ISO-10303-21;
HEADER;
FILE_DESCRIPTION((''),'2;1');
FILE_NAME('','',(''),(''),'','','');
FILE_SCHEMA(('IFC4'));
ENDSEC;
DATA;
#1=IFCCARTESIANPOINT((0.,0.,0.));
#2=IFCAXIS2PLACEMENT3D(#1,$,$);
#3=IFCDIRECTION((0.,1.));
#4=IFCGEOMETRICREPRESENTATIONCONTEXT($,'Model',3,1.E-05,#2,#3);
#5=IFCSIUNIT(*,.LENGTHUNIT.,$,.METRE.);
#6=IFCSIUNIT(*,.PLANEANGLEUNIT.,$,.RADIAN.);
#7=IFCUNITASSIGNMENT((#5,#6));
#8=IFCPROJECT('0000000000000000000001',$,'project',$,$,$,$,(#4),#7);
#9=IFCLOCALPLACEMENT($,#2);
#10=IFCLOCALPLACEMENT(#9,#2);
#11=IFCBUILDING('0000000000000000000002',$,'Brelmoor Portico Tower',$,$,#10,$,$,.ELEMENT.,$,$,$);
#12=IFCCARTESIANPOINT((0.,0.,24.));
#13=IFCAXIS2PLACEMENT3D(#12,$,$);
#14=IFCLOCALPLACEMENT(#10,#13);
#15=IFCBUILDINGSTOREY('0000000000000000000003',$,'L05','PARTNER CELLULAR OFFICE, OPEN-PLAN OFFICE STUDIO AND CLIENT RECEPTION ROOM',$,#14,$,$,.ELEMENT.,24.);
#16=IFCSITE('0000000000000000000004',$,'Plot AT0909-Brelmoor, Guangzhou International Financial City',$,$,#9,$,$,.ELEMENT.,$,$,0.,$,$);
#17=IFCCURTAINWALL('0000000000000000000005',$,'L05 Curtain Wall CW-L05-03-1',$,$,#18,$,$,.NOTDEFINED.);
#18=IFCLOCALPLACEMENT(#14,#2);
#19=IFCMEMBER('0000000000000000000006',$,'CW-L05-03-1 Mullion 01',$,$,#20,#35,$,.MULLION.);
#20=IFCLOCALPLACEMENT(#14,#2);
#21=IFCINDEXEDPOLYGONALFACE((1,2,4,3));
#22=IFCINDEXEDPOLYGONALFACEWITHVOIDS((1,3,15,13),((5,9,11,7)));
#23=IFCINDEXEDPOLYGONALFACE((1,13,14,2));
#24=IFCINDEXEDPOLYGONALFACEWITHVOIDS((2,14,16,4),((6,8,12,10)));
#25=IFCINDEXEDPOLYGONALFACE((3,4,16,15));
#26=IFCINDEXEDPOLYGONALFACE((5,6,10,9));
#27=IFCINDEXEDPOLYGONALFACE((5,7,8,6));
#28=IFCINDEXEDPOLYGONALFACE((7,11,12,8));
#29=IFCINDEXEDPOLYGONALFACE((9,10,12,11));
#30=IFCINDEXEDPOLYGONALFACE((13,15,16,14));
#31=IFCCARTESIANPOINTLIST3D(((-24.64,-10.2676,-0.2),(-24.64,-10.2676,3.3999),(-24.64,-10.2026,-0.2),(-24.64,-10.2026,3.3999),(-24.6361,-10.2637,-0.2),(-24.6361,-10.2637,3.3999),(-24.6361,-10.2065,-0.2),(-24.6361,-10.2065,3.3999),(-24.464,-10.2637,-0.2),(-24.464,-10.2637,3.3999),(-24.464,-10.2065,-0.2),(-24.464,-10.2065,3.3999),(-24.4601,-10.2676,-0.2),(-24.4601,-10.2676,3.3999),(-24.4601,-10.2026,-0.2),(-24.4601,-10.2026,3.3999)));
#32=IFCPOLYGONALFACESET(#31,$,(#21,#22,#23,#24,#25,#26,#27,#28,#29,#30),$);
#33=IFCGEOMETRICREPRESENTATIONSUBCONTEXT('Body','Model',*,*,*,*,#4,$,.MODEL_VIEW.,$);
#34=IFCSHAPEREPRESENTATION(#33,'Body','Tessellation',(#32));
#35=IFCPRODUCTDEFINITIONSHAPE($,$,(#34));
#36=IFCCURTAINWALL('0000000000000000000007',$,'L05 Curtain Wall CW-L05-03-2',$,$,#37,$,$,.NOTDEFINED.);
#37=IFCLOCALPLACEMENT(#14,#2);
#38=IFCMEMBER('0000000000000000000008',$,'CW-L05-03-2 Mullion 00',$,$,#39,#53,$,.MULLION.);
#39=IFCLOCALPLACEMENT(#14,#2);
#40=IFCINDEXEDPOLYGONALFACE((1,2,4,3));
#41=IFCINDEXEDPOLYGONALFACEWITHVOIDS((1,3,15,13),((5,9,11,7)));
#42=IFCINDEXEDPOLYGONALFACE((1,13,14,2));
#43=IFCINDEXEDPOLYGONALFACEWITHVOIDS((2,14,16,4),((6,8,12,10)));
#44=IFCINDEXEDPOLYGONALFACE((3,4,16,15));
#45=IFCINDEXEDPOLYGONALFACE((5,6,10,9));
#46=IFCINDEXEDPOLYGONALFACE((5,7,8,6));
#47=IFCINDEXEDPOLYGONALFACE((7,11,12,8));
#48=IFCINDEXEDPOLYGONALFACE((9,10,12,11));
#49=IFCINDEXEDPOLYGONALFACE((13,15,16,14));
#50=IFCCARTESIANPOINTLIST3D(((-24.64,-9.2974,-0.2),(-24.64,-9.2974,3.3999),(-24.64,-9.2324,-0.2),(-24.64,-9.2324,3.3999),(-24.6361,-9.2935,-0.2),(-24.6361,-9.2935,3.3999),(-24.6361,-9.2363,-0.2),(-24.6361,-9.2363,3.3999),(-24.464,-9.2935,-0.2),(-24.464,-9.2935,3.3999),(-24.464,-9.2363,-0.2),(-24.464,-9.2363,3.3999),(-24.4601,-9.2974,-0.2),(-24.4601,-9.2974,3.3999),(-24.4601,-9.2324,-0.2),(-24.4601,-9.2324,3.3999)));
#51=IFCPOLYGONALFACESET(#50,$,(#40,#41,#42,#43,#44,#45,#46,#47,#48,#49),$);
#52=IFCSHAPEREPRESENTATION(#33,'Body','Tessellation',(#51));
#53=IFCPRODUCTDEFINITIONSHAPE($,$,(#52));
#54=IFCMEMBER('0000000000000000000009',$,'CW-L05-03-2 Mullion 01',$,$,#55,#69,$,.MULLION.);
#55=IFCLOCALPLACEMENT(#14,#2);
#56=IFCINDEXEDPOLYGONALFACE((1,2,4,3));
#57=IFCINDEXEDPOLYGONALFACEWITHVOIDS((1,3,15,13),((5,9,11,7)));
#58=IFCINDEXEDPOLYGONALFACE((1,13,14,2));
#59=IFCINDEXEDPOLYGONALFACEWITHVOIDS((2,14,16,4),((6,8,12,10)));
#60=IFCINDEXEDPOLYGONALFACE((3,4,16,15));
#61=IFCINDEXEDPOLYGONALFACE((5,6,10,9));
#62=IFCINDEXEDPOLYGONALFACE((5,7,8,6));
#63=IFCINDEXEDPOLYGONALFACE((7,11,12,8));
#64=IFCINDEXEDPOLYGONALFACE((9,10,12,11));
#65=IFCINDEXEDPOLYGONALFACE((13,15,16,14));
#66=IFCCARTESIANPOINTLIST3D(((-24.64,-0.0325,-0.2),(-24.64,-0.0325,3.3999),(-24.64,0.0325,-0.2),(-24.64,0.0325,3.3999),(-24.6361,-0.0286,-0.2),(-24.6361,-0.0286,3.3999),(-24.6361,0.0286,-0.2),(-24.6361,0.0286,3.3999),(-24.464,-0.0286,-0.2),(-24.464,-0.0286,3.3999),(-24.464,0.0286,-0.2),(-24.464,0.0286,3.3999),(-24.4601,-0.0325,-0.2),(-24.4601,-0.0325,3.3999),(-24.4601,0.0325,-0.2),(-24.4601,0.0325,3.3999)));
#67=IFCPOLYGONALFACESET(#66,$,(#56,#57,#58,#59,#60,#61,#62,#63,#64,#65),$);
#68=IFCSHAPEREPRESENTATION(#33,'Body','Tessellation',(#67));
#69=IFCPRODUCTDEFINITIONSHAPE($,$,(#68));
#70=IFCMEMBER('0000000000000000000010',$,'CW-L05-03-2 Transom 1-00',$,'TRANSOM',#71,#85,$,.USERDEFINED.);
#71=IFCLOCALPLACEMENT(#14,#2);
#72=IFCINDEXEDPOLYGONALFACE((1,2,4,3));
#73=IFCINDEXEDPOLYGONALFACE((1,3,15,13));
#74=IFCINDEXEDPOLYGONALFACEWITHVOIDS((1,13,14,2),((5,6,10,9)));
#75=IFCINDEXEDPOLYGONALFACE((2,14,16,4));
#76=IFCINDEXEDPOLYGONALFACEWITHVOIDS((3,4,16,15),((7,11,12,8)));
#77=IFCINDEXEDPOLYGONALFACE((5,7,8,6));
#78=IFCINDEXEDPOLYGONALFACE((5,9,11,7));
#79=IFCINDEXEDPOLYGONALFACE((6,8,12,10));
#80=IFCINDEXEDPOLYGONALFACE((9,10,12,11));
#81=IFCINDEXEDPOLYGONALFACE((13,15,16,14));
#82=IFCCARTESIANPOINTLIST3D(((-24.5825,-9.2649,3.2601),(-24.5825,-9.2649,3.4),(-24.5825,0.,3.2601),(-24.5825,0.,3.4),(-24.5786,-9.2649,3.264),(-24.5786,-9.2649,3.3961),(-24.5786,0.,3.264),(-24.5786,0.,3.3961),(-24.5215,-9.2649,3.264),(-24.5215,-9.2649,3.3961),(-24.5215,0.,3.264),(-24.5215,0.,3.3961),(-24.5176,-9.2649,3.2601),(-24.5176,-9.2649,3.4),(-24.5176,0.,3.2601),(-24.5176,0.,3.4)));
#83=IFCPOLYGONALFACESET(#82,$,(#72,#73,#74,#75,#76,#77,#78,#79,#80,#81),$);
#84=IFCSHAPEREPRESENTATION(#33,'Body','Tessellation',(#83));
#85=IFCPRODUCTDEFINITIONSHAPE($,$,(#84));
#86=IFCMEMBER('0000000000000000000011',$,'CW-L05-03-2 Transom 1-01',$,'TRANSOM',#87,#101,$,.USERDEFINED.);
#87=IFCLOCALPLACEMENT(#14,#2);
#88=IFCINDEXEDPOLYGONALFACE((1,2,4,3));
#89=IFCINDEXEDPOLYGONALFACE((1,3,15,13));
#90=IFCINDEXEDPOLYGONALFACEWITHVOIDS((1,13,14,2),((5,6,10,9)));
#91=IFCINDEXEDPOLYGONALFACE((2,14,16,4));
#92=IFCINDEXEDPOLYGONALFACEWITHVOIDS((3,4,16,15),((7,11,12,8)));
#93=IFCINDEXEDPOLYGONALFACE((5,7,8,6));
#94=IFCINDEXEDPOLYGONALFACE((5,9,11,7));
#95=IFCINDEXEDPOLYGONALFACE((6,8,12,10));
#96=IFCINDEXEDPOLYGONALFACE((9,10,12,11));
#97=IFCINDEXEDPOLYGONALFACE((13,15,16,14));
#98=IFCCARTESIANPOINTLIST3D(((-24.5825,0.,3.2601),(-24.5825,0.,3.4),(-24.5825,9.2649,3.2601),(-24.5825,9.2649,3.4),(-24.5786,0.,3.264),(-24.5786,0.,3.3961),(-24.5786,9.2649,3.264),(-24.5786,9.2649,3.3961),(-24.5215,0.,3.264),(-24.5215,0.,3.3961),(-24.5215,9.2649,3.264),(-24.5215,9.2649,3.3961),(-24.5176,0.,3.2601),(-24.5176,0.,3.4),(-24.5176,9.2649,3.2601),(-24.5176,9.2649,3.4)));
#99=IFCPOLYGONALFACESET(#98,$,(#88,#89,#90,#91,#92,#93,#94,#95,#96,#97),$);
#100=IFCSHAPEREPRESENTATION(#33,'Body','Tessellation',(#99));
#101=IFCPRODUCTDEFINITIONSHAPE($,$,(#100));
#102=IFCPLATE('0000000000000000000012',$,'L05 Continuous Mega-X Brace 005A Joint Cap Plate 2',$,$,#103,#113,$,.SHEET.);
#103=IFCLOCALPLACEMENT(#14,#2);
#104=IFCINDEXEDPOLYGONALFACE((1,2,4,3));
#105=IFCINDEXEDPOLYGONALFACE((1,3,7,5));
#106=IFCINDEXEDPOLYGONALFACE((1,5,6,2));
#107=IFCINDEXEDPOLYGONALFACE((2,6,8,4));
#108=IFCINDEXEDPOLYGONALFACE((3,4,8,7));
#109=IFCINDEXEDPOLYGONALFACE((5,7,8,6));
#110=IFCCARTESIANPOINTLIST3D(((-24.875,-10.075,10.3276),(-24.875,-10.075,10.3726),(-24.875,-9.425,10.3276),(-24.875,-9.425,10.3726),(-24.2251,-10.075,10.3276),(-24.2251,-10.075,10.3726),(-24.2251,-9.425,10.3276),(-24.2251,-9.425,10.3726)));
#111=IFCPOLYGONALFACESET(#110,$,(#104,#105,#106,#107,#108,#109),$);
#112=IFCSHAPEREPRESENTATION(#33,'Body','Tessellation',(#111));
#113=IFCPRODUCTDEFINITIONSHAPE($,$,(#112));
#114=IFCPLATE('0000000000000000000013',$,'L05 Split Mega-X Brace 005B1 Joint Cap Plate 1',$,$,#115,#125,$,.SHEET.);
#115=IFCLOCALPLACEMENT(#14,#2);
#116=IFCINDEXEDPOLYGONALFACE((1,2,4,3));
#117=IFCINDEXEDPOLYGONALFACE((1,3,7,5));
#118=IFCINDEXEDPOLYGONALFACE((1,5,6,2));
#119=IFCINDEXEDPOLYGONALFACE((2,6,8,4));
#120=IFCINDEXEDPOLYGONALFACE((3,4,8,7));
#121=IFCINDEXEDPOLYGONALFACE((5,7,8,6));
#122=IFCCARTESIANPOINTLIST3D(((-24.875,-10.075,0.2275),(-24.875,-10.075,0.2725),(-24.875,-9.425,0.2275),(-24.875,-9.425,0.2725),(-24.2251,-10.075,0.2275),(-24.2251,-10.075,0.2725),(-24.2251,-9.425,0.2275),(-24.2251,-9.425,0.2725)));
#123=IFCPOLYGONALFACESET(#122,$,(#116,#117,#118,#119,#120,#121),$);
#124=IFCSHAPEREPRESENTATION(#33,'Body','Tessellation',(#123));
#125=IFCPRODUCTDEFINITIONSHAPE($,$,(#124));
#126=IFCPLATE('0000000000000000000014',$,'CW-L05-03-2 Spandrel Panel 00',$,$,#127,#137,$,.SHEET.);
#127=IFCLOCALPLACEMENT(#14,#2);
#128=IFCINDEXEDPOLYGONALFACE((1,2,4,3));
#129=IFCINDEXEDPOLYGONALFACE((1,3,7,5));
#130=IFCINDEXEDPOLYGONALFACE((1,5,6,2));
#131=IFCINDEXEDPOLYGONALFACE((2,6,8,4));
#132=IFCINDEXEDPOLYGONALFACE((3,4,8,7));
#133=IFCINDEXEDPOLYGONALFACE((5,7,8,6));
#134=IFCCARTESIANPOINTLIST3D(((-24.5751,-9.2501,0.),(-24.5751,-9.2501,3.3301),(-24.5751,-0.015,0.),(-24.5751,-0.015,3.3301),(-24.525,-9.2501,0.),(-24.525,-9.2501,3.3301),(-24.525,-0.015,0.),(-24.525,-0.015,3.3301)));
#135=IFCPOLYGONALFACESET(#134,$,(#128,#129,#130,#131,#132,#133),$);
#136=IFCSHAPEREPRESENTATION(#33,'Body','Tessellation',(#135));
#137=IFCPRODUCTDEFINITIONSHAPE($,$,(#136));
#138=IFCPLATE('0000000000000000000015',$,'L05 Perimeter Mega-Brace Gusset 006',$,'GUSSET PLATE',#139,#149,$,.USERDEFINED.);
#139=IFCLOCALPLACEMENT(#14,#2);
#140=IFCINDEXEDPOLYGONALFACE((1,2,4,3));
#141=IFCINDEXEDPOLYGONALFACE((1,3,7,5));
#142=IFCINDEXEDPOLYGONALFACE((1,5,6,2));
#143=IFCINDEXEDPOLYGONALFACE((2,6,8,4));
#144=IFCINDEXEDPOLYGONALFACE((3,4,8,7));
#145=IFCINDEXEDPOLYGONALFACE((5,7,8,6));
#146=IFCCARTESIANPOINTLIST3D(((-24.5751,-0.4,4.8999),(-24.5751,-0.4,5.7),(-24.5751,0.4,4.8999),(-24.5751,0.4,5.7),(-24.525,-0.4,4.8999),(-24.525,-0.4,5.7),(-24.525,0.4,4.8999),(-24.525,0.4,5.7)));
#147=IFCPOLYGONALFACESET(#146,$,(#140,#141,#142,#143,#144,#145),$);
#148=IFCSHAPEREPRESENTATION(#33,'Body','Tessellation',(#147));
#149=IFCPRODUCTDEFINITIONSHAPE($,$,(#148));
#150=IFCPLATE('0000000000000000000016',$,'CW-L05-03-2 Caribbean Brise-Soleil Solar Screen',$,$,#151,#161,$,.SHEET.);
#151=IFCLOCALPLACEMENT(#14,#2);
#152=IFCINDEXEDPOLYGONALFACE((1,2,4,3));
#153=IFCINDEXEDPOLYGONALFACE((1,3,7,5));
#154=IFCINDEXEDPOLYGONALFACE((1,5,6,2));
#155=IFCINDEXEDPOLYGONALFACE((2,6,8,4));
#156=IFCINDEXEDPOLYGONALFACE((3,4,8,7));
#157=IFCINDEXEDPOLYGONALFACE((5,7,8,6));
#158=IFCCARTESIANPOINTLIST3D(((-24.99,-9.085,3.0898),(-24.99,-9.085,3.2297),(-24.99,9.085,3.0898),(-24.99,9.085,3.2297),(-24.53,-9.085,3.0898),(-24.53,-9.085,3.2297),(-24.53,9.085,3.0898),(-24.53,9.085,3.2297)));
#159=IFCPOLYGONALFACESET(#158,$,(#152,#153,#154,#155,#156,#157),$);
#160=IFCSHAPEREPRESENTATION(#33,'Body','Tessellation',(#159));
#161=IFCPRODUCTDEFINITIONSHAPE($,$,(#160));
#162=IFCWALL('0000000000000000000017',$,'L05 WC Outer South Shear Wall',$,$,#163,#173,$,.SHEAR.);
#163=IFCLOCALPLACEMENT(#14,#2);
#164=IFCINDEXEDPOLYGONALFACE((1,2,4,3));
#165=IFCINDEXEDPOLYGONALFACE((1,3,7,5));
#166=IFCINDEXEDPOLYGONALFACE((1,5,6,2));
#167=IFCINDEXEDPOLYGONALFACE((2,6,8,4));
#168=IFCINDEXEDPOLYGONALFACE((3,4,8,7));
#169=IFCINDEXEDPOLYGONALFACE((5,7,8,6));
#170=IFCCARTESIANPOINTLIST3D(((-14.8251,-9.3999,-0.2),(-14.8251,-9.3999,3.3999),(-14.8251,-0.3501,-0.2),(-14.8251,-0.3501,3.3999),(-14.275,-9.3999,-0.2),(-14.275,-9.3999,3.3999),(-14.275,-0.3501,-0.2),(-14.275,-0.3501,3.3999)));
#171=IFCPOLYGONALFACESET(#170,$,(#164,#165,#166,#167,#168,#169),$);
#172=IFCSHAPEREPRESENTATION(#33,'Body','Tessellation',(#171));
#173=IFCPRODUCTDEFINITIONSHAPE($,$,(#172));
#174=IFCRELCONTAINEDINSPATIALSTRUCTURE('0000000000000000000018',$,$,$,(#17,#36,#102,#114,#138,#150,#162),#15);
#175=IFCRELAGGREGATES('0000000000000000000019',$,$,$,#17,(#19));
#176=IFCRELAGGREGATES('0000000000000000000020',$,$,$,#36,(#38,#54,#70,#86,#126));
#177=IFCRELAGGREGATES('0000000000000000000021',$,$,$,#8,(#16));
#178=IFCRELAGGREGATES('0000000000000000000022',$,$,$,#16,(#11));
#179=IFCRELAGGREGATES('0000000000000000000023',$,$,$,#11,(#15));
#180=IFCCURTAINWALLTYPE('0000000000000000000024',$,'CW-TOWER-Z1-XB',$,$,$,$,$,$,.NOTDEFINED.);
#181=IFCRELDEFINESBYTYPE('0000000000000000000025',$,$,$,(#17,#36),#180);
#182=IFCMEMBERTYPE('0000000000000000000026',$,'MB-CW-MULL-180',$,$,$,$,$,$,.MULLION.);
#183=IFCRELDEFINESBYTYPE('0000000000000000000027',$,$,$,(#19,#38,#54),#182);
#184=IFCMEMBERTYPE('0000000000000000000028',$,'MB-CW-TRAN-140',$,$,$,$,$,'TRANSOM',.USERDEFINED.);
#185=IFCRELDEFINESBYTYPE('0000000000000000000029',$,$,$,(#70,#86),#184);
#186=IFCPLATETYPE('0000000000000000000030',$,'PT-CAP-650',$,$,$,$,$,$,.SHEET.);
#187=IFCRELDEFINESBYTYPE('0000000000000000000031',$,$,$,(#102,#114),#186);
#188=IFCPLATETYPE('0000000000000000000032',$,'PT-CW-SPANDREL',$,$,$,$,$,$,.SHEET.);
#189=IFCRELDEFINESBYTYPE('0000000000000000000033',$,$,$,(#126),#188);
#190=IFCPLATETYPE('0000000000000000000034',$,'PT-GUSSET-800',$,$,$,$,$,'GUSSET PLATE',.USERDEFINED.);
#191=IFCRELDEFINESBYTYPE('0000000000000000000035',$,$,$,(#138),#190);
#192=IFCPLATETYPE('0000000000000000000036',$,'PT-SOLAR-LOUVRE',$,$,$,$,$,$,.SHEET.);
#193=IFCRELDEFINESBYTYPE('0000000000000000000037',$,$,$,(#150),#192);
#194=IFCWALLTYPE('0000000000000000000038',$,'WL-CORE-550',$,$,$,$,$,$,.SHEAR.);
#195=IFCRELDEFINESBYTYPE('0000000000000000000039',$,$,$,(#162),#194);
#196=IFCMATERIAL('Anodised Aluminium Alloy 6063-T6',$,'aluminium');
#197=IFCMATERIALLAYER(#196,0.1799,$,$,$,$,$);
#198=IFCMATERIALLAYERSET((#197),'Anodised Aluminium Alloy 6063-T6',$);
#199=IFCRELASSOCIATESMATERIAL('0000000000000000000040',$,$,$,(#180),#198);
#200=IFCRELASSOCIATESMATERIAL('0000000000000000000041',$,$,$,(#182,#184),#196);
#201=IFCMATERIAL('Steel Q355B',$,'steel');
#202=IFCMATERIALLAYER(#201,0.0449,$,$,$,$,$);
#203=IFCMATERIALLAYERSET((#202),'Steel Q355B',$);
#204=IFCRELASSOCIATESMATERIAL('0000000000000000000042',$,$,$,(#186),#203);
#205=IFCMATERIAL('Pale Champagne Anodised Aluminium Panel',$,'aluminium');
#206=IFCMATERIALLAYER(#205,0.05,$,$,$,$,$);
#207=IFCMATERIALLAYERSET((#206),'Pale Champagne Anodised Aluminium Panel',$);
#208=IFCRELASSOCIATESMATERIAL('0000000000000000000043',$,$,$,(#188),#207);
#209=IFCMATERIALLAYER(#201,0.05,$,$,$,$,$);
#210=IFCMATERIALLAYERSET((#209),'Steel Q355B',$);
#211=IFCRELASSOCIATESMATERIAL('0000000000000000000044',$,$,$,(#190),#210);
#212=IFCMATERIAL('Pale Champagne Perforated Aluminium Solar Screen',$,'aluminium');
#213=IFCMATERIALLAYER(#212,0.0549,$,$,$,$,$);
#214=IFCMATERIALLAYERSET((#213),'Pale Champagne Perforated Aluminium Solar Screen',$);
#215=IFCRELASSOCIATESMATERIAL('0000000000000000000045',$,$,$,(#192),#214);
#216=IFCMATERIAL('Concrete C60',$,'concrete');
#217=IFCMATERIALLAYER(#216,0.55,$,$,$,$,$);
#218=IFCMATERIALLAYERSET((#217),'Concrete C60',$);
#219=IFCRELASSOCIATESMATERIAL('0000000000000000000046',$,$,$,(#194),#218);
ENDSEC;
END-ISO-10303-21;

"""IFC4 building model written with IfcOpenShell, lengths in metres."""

from ifc_helpers import new_model, si_unit, direction, frame, frame_2d, origin, origin_2d, place, context, subcontext, project, spatial, rectangle, hollow_rectangle, extrude, material, layer, layer_set, material_profile, profile_set, type_object, element, aggregate, save


model = new_model("IFC4")

# Units and contexts
model_context = context("Model", 3, precision=1e-05, world=origin(), true_north=direction((0.0, 1.0)))
body_context = subcontext(model_context, "Body", "Model", "MODEL_VIEW")
ifc_project = project(units=[si_unit("LENGTHUNIT", "METRE"), si_unit("PLANEANGLEUNIT", "RADIAN")], contexts=[model_context])

# Site, building, storey
site_placement = place(None, origin())
site = spatial("IfcSite", under=ifc_project, at=site_placement, Name="Plot AT0909-Brelmoor, Guangzhou International Financial City", CompositionType="ELEMENT", RefElevation=0.0)
building_placement = place(site_placement, origin())
building = spatial("IfcBuilding", under=site, at=building_placement, Name="Brelmoor Portico Tower", CompositionType="ELEMENT")
storey_placement = place(building_placement, frame((0.0, 0.0, 24.0)))
storey = spatial("IfcBuildingStorey", under=building, at=storey_placement, Name="L05", Description="PARTNER CELLULAR OFFICE, OPEN-PLAN OFFICE STUDIO AND CLIENT RECEPTION ROOM", CompositionType="ELEMENT", Elevation=24.0)

# Shared definitions
ifc_material_1 = material(Name="Steel Q355B", Category="steel")

# Curtain wall, member
ifc_material_2 = material(Name="Anodised Aluminium Alloy 6063-T6", Category="aluminium")
ifc_layer_1 = layer(ifc_material_2, 0.1799)
ifc_layer_set_1 = layer_set([ifc_layer_1], Name="Anodised Aluminium Alloy 6063-T6")
curtain_wall_type = type_object("IfcCurtainWallType", Name="CW-TOWER-Z1-XB", PredefinedType="NOTDEFINED", material=ifc_layer_set_1)
curtain_wall_1_placement = place(storey_placement, origin())
curtain_wall_1 = element("IfcCurtainWall", 1, at=curtain_wall_1_placement, inside=storey, type_object=curtain_wall_type, Name="L05 Curtain Wall CW-L05-03-1", PredefinedType="NOTDEFINED")
ifc_material_profile_1 = material_profile(ifc_material_2, hollow_rectangle(XDim=0.0649, YDim=0.1799, WallThickness=0.0039, at=origin_2d()), Name="ALU MULLION 65x180")
ifc_profile_set_1 = profile_set([ifc_material_profile_1], Name="Anodised Aluminium Alloy 6063-T6")
member_type_1 = type_object("IfcMemberType", Name="MB-CW-MULL-180", PredefinedType="MULLION", material=ifc_profile_set_1)
member_1_placement = place(storey_placement, frame((-24.55, -10.2351, -0.2), z_axis=(0.0, 0.0, 1.0), x_axis=(0.0, 1.0, 0.0)))
member_1 = element("IfcMember", 2, at=member_1_placement, type_object=member_type_1, Name="CW-L05-03-1 Mullion 01", PredefinedType="MULLION", context=body_context, shape_type="SweptSolid", body=[
    extrude(hollow_rectangle(XDim=0.0649, YDim=0.1799, WallThickness=0.0039, at=origin_2d()), origin(), (0.0, 0.0, 1.0), 3.5999),
])
aggregate(curtain_wall_1, [member_1])

# Curtain wall, members
curtain_wall_2_placement = place(storey_placement, origin())
curtain_wall_2 = element("IfcCurtainWall", 3, at=curtain_wall_2_placement, inside=storey, type_object=curtain_wall_type, Name="L05 Curtain Wall CW-L05-03-2", PredefinedType="NOTDEFINED")
member_2_placement = place(storey_placement, frame((-24.55, -9.2649, -0.2), z_axis=(0.0, 0.0, 1.0), x_axis=(0.0, 1.0, 0.0)))
member_2 = element("IfcMember", 4, at=member_2_placement, type_object=member_type_1, Name="CW-L05-03-2 Mullion 00", PredefinedType="MULLION", context=body_context, shape_type="SweptSolid", body=[
    extrude(hollow_rectangle(XDim=0.0649, YDim=0.1799, WallThickness=0.0039, at=origin_2d()), origin(), (0.0, 0.0, 1.0), 3.5999),
])
member_3_placement = place(storey_placement, frame((-24.55, 0.0, -0.2), z_axis=(0.0, 0.0, 1.0), x_axis=(0.0, 1.0, 0.0)))
member_3 = element("IfcMember", 5, at=member_3_placement, type_object=member_type_1, Name="CW-L05-03-2 Mullion 01", PredefinedType="MULLION", context=body_context, shape_type="SweptSolid", body=[
    extrude(hollow_rectangle(XDim=0.0649, YDim=0.1799, WallThickness=0.0039, at=origin_2d()), origin(), (0.0, 0.0, 1.0), 3.5999),
])
ifc_material_profile_2 = material_profile(ifc_material_2, hollow_rectangle(XDim=0.0649, YDim=0.1399, WallThickness=0.0039, at=origin_2d()), Name="ALU TRANSOM 65x140")
ifc_profile_set_2 = profile_set([ifc_material_profile_2], Name="Anodised Aluminium Alloy 6063-T6")
member_type_2 = type_object("IfcMemberType", Name="MB-CW-TRAN-140", ElementType="TRANSOM", PredefinedType="USERDEFINED", material=ifc_profile_set_2)
member_4_placement = place(storey_placement, frame((-24.55, -9.2649, 3.3301), z_axis=(0.0, 1.0, 0.0), x_axis=(-1.0, 0.0, 0.0)))
member_4 = element("IfcMember", 6, at=member_4_placement, type_object=member_type_2, Name="CW-L05-03-2 Transom 1-00", ObjectType="TRANSOM", PredefinedType="USERDEFINED", context=body_context, shape_type="SweptSolid", body=[
    extrude(hollow_rectangle(XDim=0.0649, YDim=0.1399, WallThickness=0.0039, at=origin_2d()), origin(), (0.0, 0.0, 1.0), 9.2649),
])
member_5_placement = place(storey_placement, frame((-24.55, 0.0, 3.3301), z_axis=(0.0, 1.0, 0.0), x_axis=(-1.0, 0.0, 0.0)))
member_5 = element("IfcMember", 7, at=member_5_placement, type_object=member_type_2, Name="CW-L05-03-2 Transom 1-01", ObjectType="TRANSOM", PredefinedType="USERDEFINED", context=body_context, shape_type="SweptSolid", body=[
    extrude(hollow_rectangle(XDim=0.0649, YDim=0.1399, WallThickness=0.0039, at=origin_2d()), origin(), (0.0, 0.0, 1.0), 9.2649),
])

# Plates
ifc_layer_2 = layer(ifc_material_1, 0.0449)
ifc_layer_set_2 = layer_set([ifc_layer_2], Name="Steel Q355B")
plate_type_1 = type_object("IfcPlateType", Name="PT-CAP-650", PredefinedType="SHEET", material=ifc_layer_set_2)
for number, where, z_axis, x_axis, name in (
    (8, (-24.55, -9.75, 10.3276), (0.0, 0.0, 1.0), (1.0, 0.0, 0.0), "L05 Continuous Mega-X Brace 005A Joint Cap Plate 2"),
    (9, (-24.55, -9.75, 0.2275), (0.0, 0.0, 1.0), (1.0, 0.0, 0.0), "L05 Split Mega-X Brace 005B1 Joint Cap Plate 1"),
):
    element("IfcPlate", number, at=place(storey_placement, frame(where, z_axis=z_axis, x_axis=x_axis)), inside=storey, type_object=plate_type_1, Name=name, PredefinedType="SHEET", context=body_context, shape_type="SweptSolid", body=[
        extrude(rectangle(XDim=0.6499, YDim=0.6499, at=origin_2d()), origin(), (0.0, 0.0, 1.0), 0.0449),
    ])

# Plate
ifc_material_3 = material(Name="Pale Champagne Anodised Aluminium Panel", Category="aluminium")
ifc_layer_3 = layer(ifc_material_3, 0.05)
ifc_layer_set_3 = layer_set([ifc_layer_3], Name="Pale Champagne Anodised Aluminium Panel")
plate_type_2 = type_object("IfcPlateType", Name="PT-CW-SPANDREL", PredefinedType="SHEET", material=ifc_layer_set_3)
plate_1_placement = place(storey_placement, frame((-24.55, -4.6326, 0.0), z_axis=(0.0, 0.0, 1.0), x_axis=(0.0, 1.0, 0.0)))
plate_1 = element("IfcPlate", 10, at=plate_1_placement, type_object=plate_type_2, Name="CW-L05-03-2 Spandrel Panel 00", PredefinedType="SHEET", context=body_context, shape_type="SweptSolid", body=[
    extrude(rectangle(XDim=9.2351, YDim=0.05, at=origin_2d()), origin(), (0.0, 0.0, 1.0), 3.3301),
])
aggregate(curtain_wall_2, [member_2, member_3, member_4, member_5, plate_1])

# Plates
ifc_layer_4 = layer(ifc_material_1, 0.05)
ifc_layer_set_4 = layer_set([ifc_layer_4], Name="Steel Q355B")
plate_type_3 = type_object("IfcPlateType", Name="PT-GUSSET-800", ElementType="GUSSET PLATE", PredefinedType="USERDEFINED", material=ifc_layer_set_4)
plate_2_placement = place(storey_placement, frame((-24.55, 0.0, 4.8999), z_axis=(0.0, 0.0, 1.0), x_axis=(1.0, 0.0, 0.0)))
element("IfcPlate", 11, at=plate_2_placement, inside=storey, type_object=plate_type_3, Name="L05 Perimeter Mega-Brace Gusset 006", ObjectType="GUSSET PLATE", PredefinedType="USERDEFINED", context=body_context, shape_type="SweptSolid", body=[
    extrude(rectangle(XDim=0.05, YDim=0.8, at=origin_2d()), origin(), (0.0, 0.0, 1.0), 0.8),
])
ifc_material_4 = material(Name="Pale Champagne Perforated Aluminium Solar Screen", Category="aluminium")
ifc_layer_5 = layer(ifc_material_4, 0.0549)
ifc_layer_set_5 = layer_set([ifc_layer_5], Name="Pale Champagne Perforated Aluminium Solar Screen")
plate_type_4 = type_object("IfcPlateType", Name="PT-SOLAR-LOUVRE", PredefinedType="SHEET", material=ifc_layer_set_5)
plate_3_placement = place(storey_placement, frame((-24.76, 0.0, 3.0898), z_axis=(0.0, 0.0, 1.0), x_axis=(0.0, 1.0, 0.0)))
element("IfcPlate", 12, at=plate_3_placement, inside=storey, type_object=plate_type_4, Name="CW-L05-03-2 Caribbean Brise-Soleil Solar Screen", PredefinedType="SHEET", context=body_context, shape_type="SweptSolid", body=[
    extrude(rectangle(XDim=18.1699, YDim=0.46, at=origin_2d()), origin(), (0.0, 0.0, 1.0), 0.1399),
])

# Wall
ifc_material_5 = material(Name="Concrete C60", Category="concrete")
ifc_layer_6 = layer(ifc_material_5, 0.55)
ifc_layer_set_6 = layer_set([ifc_layer_6], Name="Concrete C60")
wall_type_1 = type_object("IfcWallType", Name="WL-CORE-550", PredefinedType="SHEAR", material=ifc_layer_set_6)
wall_1_placement = place(storey_placement, frame((-14.55, -9.3999, -0.2), z_axis=(0.0, 0.0, 1.0), x_axis=(0.0, 1.0, 0.0)))
element("IfcWall", 13, at=wall_1_placement, inside=storey, type_object=wall_type_1, Name="L05 WC Outer South Shear Wall", PredefinedType="SHEAR", context=body_context, shape_type="SweptSolid", body=[
    extrude(rectangle(XDim=9.0498, YDim=0.55, at=frame_2d((4.5249, 0.0))), origin(), (0.0, 0.0, 1.0), 3.5999),
])

save(model, "model.ifc")
